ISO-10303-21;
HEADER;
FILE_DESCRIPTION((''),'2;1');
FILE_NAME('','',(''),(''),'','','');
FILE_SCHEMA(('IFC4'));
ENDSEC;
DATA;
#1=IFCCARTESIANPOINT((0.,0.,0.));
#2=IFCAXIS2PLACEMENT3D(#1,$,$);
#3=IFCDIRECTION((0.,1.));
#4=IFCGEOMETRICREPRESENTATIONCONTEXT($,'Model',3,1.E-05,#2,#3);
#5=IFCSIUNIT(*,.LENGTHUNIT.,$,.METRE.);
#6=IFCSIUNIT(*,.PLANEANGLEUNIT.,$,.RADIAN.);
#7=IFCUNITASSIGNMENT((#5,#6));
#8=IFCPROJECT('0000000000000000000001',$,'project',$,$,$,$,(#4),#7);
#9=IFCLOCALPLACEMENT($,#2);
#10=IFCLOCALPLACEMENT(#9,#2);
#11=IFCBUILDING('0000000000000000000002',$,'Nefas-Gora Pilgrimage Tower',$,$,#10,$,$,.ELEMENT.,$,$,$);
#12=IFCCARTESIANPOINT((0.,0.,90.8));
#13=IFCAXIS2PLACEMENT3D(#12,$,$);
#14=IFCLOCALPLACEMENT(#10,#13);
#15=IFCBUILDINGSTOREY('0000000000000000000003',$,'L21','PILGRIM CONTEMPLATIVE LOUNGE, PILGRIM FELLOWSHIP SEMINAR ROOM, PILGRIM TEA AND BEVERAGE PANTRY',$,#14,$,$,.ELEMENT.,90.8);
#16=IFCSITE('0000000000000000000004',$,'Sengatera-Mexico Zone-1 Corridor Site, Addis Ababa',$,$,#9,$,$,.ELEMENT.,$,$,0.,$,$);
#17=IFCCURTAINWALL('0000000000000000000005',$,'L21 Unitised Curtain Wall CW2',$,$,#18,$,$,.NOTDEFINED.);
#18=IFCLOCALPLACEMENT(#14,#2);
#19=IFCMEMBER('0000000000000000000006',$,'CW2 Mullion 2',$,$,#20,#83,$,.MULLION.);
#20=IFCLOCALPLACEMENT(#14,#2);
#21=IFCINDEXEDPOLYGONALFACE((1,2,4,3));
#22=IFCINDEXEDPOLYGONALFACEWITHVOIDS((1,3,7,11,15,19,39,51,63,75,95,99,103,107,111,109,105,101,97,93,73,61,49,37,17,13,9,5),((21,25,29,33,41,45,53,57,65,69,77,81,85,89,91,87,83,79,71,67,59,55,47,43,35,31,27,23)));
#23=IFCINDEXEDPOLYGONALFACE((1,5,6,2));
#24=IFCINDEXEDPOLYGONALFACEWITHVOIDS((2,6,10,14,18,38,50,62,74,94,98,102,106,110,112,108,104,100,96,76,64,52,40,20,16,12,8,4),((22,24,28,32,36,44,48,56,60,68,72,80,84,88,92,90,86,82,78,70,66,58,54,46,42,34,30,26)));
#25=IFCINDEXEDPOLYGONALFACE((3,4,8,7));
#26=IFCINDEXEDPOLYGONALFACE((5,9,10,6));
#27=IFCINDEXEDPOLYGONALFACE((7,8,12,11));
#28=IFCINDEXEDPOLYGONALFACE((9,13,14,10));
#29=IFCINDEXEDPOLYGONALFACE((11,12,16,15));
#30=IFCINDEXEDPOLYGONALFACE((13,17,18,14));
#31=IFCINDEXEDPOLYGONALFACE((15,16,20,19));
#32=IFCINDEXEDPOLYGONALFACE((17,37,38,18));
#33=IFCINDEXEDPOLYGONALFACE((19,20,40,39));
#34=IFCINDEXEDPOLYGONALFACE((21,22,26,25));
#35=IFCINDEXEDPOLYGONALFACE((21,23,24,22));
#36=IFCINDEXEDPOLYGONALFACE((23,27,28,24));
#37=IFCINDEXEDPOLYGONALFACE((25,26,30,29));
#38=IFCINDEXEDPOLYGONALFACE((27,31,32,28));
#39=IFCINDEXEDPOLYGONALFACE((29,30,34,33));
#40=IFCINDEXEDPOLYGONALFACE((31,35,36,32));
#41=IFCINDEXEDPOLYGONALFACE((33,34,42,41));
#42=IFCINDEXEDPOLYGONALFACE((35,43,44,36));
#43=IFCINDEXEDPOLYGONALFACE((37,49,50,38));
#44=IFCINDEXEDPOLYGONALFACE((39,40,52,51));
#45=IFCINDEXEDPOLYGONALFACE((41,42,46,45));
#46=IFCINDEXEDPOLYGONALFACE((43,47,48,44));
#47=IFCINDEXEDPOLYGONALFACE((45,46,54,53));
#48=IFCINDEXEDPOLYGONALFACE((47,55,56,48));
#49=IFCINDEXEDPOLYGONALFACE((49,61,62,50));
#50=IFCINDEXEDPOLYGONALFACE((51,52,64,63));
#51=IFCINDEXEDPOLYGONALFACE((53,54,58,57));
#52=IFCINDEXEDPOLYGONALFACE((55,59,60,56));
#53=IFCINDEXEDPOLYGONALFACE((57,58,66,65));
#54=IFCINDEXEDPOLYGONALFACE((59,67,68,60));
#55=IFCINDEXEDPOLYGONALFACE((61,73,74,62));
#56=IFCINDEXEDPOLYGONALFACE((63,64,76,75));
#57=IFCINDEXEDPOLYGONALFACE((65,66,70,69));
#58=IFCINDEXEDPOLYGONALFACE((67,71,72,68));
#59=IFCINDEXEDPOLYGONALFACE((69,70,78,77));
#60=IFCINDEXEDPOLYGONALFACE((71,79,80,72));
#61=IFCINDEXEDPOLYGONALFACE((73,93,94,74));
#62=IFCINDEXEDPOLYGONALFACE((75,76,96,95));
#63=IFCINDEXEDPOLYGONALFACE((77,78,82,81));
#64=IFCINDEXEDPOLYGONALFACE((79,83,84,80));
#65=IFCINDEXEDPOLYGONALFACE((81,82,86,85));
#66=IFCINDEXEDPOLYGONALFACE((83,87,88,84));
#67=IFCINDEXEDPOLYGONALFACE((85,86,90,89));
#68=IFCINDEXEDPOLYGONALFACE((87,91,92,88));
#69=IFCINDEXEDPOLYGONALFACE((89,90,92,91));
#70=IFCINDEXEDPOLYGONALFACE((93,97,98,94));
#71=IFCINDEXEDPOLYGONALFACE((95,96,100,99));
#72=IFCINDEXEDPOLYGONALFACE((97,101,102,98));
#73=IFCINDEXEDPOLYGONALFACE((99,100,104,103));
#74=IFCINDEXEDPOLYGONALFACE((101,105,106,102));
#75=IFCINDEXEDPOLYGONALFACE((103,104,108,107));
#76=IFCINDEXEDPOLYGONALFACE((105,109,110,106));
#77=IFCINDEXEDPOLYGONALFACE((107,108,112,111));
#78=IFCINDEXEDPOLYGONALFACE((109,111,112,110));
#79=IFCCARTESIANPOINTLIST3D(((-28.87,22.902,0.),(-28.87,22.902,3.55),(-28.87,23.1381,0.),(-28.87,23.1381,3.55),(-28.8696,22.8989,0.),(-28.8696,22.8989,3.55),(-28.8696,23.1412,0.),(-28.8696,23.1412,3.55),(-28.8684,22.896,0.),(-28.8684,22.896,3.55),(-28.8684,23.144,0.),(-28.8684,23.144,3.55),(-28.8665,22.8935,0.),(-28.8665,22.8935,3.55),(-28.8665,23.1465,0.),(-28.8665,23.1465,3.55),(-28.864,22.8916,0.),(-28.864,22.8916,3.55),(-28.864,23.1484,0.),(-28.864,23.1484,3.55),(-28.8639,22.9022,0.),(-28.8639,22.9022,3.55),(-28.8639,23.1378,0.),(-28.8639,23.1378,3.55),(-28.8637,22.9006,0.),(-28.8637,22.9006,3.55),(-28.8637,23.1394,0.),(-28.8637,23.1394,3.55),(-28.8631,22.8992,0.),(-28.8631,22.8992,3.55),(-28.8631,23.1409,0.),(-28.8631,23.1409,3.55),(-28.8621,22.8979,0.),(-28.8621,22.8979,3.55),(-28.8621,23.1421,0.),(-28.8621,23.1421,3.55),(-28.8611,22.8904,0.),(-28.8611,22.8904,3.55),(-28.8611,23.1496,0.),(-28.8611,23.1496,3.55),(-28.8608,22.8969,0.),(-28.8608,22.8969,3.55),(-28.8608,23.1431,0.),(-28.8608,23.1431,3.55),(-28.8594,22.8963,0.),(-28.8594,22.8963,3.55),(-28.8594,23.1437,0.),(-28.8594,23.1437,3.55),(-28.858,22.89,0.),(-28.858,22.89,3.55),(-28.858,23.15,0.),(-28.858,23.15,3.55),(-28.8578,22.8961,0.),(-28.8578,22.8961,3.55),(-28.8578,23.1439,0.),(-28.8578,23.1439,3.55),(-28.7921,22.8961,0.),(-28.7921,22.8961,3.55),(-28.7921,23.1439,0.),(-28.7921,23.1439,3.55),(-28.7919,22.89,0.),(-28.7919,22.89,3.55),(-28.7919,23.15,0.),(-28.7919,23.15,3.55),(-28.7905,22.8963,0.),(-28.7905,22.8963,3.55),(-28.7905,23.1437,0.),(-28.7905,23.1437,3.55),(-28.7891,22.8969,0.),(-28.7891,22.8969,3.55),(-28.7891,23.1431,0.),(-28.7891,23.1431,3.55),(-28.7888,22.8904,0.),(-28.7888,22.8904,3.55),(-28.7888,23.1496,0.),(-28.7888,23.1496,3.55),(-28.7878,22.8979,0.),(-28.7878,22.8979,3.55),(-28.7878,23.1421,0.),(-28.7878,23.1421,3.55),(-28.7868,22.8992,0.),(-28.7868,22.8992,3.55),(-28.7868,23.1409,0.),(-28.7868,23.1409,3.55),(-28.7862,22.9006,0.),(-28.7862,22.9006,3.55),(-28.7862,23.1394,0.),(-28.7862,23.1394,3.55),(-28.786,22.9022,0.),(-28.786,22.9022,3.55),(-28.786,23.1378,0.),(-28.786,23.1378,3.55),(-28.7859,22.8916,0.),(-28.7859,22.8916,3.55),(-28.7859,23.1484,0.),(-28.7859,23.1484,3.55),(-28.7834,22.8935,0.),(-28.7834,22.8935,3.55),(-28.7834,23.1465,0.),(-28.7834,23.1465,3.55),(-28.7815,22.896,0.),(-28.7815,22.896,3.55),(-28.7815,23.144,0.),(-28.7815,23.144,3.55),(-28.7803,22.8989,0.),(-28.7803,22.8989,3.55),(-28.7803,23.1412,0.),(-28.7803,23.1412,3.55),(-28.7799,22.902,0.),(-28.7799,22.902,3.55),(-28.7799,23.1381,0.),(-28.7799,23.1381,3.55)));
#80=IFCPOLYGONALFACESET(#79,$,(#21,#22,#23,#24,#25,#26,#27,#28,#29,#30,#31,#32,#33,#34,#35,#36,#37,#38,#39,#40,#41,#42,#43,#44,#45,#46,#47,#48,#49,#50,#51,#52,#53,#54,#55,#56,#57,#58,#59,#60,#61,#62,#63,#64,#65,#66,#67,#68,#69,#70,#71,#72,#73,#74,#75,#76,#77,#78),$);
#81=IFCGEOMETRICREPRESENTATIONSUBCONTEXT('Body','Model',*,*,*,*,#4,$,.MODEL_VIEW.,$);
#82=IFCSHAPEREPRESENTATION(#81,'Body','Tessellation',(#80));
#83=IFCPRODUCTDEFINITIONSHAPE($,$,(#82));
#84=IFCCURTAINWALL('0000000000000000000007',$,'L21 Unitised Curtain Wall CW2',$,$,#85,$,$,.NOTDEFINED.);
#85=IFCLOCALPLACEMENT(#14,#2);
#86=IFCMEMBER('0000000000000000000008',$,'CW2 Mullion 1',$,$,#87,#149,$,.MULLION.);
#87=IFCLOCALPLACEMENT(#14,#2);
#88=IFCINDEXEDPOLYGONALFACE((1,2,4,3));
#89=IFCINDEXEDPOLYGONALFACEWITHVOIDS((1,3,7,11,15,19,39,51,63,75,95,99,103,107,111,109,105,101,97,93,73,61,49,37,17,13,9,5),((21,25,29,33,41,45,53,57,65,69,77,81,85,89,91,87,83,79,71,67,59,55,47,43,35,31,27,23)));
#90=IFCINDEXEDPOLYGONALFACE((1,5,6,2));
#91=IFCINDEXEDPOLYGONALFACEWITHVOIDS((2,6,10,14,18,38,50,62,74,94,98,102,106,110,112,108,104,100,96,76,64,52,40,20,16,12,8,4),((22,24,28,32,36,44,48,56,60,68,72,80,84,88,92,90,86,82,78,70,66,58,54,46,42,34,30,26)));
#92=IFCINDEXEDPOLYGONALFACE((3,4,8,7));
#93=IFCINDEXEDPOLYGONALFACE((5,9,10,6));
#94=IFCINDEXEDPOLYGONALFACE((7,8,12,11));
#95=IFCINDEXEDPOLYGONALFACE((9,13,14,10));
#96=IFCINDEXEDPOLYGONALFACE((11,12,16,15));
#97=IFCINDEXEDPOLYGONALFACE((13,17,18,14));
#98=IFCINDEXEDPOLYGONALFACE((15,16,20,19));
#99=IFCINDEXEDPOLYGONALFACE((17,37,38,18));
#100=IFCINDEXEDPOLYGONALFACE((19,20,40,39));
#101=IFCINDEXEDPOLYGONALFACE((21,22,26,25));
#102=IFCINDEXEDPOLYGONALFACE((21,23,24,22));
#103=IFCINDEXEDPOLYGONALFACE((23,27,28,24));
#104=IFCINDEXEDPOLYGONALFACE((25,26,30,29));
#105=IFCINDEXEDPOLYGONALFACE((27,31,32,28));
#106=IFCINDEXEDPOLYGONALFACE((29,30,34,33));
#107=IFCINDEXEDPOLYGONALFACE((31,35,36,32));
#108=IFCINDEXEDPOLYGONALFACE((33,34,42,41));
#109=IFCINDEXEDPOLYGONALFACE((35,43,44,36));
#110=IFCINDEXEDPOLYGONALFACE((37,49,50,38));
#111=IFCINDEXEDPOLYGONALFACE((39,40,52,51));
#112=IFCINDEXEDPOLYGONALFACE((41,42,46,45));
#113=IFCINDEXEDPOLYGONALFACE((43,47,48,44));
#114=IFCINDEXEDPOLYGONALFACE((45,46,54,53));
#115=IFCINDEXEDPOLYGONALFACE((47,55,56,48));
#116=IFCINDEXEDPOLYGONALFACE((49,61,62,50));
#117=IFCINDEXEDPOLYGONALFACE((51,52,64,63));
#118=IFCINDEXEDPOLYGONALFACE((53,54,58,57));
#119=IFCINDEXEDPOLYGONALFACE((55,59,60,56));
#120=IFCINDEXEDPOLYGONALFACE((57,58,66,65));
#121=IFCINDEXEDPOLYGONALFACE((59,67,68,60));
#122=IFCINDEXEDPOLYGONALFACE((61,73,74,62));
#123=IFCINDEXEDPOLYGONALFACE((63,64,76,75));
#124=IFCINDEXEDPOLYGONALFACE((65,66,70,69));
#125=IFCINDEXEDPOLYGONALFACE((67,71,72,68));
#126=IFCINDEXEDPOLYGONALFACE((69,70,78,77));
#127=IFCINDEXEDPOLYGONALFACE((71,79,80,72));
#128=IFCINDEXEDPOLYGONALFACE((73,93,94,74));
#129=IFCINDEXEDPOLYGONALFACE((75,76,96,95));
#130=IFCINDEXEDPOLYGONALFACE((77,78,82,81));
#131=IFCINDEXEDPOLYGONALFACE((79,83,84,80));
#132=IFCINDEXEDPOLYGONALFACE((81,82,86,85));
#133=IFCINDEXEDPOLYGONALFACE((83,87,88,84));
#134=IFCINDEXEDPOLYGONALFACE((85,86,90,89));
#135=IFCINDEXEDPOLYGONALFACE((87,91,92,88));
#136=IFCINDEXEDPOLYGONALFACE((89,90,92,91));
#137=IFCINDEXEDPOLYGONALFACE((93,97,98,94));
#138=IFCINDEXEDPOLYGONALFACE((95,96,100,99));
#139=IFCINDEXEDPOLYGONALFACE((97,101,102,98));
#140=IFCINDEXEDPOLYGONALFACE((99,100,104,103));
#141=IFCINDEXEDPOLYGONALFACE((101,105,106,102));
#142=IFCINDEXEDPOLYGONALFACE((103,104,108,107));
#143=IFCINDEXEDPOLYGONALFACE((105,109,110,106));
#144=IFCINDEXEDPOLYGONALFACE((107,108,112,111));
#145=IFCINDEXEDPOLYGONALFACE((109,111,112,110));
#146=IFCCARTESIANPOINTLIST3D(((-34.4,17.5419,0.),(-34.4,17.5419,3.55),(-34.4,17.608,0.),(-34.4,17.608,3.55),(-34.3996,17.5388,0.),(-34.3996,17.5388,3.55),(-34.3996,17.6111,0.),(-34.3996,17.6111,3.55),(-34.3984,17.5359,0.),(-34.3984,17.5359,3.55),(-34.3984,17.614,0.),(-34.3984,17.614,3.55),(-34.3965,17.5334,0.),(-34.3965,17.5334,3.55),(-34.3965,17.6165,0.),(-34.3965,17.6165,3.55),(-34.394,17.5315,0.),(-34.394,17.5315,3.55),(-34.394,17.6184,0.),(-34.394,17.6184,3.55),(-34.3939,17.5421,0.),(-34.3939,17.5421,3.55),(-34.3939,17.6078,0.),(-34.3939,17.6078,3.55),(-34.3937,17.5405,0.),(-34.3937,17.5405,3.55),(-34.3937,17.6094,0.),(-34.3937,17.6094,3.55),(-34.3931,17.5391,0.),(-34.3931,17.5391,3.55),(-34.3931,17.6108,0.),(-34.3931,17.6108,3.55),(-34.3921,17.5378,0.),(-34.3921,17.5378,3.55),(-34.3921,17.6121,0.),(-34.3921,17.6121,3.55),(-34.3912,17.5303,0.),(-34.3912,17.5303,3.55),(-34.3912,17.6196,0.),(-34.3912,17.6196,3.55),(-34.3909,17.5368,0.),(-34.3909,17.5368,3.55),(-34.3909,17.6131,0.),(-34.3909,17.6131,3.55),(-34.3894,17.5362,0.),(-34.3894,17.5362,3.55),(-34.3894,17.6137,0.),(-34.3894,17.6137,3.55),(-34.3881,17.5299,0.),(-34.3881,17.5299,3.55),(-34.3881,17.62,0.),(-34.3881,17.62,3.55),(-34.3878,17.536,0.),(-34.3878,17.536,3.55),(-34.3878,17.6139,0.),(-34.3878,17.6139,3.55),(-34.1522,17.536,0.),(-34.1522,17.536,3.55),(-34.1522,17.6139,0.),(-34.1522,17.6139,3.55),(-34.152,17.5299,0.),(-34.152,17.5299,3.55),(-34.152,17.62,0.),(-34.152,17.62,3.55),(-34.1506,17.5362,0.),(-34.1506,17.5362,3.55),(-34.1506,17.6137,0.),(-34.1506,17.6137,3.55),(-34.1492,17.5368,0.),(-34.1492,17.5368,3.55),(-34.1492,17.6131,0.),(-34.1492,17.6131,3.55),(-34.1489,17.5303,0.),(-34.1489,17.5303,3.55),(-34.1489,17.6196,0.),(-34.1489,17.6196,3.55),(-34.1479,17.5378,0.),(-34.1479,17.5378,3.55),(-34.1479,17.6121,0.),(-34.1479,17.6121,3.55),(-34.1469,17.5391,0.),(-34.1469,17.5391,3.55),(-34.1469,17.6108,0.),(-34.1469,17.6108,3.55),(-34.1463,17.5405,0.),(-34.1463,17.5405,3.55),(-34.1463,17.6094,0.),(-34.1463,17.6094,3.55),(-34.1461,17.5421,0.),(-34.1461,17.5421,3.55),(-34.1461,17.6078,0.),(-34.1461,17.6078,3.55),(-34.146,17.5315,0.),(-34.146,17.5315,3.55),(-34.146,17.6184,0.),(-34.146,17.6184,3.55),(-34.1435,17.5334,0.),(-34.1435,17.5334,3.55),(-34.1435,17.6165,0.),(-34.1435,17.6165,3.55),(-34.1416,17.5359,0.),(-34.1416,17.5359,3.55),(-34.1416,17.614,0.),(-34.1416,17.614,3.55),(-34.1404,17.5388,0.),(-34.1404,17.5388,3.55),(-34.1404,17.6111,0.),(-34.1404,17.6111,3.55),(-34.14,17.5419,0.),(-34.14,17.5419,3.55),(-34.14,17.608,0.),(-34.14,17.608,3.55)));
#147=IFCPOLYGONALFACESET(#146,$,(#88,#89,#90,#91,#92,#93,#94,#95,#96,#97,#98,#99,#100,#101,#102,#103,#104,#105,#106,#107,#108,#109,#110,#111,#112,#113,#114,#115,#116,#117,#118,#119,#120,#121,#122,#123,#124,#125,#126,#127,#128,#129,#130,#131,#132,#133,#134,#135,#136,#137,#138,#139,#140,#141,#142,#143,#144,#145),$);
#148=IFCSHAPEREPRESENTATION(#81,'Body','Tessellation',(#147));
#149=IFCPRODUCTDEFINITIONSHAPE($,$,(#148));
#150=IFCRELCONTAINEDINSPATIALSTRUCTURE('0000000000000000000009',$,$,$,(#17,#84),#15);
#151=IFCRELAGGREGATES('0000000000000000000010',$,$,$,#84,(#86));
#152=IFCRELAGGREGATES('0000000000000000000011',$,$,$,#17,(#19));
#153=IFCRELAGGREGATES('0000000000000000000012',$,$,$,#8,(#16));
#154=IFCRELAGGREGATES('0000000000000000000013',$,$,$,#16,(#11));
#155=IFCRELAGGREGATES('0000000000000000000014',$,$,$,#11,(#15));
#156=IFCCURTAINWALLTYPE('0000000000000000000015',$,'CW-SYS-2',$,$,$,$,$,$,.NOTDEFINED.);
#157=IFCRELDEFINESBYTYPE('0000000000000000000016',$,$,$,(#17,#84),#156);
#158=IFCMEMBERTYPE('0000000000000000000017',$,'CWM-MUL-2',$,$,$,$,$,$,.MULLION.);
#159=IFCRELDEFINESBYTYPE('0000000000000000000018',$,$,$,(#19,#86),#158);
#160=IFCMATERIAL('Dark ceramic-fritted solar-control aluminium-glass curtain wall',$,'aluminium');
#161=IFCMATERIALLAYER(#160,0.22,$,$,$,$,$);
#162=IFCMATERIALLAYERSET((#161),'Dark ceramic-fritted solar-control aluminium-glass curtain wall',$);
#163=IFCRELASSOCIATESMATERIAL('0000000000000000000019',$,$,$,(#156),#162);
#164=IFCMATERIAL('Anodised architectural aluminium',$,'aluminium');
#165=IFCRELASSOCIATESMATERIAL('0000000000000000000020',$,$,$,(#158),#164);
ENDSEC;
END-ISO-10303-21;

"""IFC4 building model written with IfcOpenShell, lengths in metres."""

from ifc_helpers import new_model, si_unit, direction, frame, origin, origin_2d, place, context, subcontext, project, spatial, hollow_rectangle, extrude, source, transform, mapped, material, layer, layer_set, material_profile, profile_set, type_object, element, aggregate, save


model = new_model("IFC4")

# Units and contexts
model_context = context("Model", 3, precision=1e-05, world=origin(), true_north=direction((0.0, 1.0)))
body_context = subcontext(model_context, "Body", "Model", "MODEL_VIEW")
ifc_project = project(units=[si_unit("LENGTHUNIT", "METRE"), si_unit("PLANEANGLEUNIT", "RADIAN")], contexts=[model_context])

# Site, building, storey
site_placement = place(None, origin())
site = spatial("IfcSite", under=ifc_project, at=site_placement, Name="Sengatera-Mexico Zone-1 Corridor Site, Addis Ababa", CompositionType="ELEMENT", RefElevation=0.0)
building_placement = place(site_placement, origin())
building = spatial("IfcBuilding", under=site, at=building_placement, Name="Nefas-Gora Pilgrimage Tower", CompositionType="ELEMENT")
storey_placement = place(building_placement, frame((0.0, 0.0, 90.8)))
storey = spatial("IfcBuildingStorey", under=building, at=storey_placement, Name="L21", Description="PILGRIM CONTEMPLATIVE LOUNGE, PILGRIM FELLOWSHIP SEMINAR ROOM, PILGRIM TEA AND BEVERAGE PANTRY", CompositionType="ELEMENT", Elevation=90.8)

# Shared definitions
ifc_material_1 = material(Name="Dark ceramic-fritted solar-control aluminium-glass curtain wall", Category="aluminium")
ifc_material_2 = material(Name="Anodised architectural aluminium", Category="aluminium")

# Curtain walls, members
ifc_layer_1 = layer(ifc_material_1, 0.22)
ifc_layer_set_1 = layer_set([ifc_layer_1], Name="Dark ceramic-fritted solar-control aluminium-glass curtain wall")
curtain_wall_type_1 = type_object("IfcCurtainWallType", Name="CW-SYS-2", PredefinedType="NOTDEFINED", material=ifc_layer_set_1)
curtain_wall_1_placement = place(storey_placement, origin())
curtain_wall_1 = element("IfcCurtainWall", 1, at=curtain_wall_1_placement, inside=storey, type_object=curtain_wall_type_1, Name="L21 Unitised Curtain Wall CW2", PredefinedType="NOTDEFINED")
ifc_material_profile_1 = material_profile(ifc_material_2, hollow_rectangle(XDim=0.0901, YDim=0.26, WallThickness=0.0061, InnerFilletRadius=0.0061, OuterFilletRadius=0.012, at=origin_2d()), Name="ALU MULLION 90x260")
ifc_profile_set_1 = profile_set([ifc_material_profile_1], Name="Anodised architectural aluminium")
member_type_1 = type_object("IfcMemberType", Name="CWM-MUL-2", PredefinedType="MULLION", material=ifc_profile_set_1)
shared_shape_1 = source(origin(), body_context, "Body", "SweptSolid", [
    extrude(hollow_rectangle(XDim=0.0901, YDim=0.26, WallThickness=0.0061, InnerFilletRadius=0.0061, OuterFilletRadius=0.012, at=origin_2d()), origin(), (0.0, 0.0, 1.0), 3.55),
])
member_1_placement = place(storey_placement, frame((-28.825, 23.02, 0.0), z_axis=(0.0, 0.0, 1.0), x_axis=(-1.0, 0.0, 0.0)))
member_1 = element("IfcMember", 2, at=member_1_placement, type_object=member_type_1, Name="CW2 Mullion 2", PredefinedType="MULLION", context=body_context, shape_type="MappedRepresentation", body=[
    mapped(shared_shape_1, transform((0.0, 0.0, 0.0), x_axis=(1.0, 0.0, 0.0), y_axis=(0.0, 1.0, 0.0), z_axis=(0.0, 0.0, 1.0), scale=1.0)),
])
curtain_wall_2_placement = place(storey_placement, origin())
curtain_wall_2 = element("IfcCurtainWall", 3, at=curtain_wall_2_placement, inside=storey, type_object=curtain_wall_type_1, Name="L21 Unitised Curtain Wall CW2", PredefinedType="NOTDEFINED")
member_2_placement = place(storey_placement, frame((-34.27, 17.575, 0.0), z_axis=(0.0, 0.0, 1.0), x_axis=(0.0, -1.0, 0.0)))
member_2 = element("IfcMember", 4, at=member_2_placement, type_object=member_type_1, Name="CW2 Mullion 1", PredefinedType="MULLION", context=body_context, shape_type="MappedRepresentation", body=[
    mapped(shared_shape_1, transform((0.0, 0.0, 0.0), x_axis=(1.0, 0.0, 0.0), y_axis=(0.0, 1.0, 0.0), z_axis=(0.0, 0.0, 1.0), scale=1.0)),
])

aggregate(curtain_wall_2, [member_2])
aggregate(curtain_wall_1, [member_1])

save(model, "model.ifc")
